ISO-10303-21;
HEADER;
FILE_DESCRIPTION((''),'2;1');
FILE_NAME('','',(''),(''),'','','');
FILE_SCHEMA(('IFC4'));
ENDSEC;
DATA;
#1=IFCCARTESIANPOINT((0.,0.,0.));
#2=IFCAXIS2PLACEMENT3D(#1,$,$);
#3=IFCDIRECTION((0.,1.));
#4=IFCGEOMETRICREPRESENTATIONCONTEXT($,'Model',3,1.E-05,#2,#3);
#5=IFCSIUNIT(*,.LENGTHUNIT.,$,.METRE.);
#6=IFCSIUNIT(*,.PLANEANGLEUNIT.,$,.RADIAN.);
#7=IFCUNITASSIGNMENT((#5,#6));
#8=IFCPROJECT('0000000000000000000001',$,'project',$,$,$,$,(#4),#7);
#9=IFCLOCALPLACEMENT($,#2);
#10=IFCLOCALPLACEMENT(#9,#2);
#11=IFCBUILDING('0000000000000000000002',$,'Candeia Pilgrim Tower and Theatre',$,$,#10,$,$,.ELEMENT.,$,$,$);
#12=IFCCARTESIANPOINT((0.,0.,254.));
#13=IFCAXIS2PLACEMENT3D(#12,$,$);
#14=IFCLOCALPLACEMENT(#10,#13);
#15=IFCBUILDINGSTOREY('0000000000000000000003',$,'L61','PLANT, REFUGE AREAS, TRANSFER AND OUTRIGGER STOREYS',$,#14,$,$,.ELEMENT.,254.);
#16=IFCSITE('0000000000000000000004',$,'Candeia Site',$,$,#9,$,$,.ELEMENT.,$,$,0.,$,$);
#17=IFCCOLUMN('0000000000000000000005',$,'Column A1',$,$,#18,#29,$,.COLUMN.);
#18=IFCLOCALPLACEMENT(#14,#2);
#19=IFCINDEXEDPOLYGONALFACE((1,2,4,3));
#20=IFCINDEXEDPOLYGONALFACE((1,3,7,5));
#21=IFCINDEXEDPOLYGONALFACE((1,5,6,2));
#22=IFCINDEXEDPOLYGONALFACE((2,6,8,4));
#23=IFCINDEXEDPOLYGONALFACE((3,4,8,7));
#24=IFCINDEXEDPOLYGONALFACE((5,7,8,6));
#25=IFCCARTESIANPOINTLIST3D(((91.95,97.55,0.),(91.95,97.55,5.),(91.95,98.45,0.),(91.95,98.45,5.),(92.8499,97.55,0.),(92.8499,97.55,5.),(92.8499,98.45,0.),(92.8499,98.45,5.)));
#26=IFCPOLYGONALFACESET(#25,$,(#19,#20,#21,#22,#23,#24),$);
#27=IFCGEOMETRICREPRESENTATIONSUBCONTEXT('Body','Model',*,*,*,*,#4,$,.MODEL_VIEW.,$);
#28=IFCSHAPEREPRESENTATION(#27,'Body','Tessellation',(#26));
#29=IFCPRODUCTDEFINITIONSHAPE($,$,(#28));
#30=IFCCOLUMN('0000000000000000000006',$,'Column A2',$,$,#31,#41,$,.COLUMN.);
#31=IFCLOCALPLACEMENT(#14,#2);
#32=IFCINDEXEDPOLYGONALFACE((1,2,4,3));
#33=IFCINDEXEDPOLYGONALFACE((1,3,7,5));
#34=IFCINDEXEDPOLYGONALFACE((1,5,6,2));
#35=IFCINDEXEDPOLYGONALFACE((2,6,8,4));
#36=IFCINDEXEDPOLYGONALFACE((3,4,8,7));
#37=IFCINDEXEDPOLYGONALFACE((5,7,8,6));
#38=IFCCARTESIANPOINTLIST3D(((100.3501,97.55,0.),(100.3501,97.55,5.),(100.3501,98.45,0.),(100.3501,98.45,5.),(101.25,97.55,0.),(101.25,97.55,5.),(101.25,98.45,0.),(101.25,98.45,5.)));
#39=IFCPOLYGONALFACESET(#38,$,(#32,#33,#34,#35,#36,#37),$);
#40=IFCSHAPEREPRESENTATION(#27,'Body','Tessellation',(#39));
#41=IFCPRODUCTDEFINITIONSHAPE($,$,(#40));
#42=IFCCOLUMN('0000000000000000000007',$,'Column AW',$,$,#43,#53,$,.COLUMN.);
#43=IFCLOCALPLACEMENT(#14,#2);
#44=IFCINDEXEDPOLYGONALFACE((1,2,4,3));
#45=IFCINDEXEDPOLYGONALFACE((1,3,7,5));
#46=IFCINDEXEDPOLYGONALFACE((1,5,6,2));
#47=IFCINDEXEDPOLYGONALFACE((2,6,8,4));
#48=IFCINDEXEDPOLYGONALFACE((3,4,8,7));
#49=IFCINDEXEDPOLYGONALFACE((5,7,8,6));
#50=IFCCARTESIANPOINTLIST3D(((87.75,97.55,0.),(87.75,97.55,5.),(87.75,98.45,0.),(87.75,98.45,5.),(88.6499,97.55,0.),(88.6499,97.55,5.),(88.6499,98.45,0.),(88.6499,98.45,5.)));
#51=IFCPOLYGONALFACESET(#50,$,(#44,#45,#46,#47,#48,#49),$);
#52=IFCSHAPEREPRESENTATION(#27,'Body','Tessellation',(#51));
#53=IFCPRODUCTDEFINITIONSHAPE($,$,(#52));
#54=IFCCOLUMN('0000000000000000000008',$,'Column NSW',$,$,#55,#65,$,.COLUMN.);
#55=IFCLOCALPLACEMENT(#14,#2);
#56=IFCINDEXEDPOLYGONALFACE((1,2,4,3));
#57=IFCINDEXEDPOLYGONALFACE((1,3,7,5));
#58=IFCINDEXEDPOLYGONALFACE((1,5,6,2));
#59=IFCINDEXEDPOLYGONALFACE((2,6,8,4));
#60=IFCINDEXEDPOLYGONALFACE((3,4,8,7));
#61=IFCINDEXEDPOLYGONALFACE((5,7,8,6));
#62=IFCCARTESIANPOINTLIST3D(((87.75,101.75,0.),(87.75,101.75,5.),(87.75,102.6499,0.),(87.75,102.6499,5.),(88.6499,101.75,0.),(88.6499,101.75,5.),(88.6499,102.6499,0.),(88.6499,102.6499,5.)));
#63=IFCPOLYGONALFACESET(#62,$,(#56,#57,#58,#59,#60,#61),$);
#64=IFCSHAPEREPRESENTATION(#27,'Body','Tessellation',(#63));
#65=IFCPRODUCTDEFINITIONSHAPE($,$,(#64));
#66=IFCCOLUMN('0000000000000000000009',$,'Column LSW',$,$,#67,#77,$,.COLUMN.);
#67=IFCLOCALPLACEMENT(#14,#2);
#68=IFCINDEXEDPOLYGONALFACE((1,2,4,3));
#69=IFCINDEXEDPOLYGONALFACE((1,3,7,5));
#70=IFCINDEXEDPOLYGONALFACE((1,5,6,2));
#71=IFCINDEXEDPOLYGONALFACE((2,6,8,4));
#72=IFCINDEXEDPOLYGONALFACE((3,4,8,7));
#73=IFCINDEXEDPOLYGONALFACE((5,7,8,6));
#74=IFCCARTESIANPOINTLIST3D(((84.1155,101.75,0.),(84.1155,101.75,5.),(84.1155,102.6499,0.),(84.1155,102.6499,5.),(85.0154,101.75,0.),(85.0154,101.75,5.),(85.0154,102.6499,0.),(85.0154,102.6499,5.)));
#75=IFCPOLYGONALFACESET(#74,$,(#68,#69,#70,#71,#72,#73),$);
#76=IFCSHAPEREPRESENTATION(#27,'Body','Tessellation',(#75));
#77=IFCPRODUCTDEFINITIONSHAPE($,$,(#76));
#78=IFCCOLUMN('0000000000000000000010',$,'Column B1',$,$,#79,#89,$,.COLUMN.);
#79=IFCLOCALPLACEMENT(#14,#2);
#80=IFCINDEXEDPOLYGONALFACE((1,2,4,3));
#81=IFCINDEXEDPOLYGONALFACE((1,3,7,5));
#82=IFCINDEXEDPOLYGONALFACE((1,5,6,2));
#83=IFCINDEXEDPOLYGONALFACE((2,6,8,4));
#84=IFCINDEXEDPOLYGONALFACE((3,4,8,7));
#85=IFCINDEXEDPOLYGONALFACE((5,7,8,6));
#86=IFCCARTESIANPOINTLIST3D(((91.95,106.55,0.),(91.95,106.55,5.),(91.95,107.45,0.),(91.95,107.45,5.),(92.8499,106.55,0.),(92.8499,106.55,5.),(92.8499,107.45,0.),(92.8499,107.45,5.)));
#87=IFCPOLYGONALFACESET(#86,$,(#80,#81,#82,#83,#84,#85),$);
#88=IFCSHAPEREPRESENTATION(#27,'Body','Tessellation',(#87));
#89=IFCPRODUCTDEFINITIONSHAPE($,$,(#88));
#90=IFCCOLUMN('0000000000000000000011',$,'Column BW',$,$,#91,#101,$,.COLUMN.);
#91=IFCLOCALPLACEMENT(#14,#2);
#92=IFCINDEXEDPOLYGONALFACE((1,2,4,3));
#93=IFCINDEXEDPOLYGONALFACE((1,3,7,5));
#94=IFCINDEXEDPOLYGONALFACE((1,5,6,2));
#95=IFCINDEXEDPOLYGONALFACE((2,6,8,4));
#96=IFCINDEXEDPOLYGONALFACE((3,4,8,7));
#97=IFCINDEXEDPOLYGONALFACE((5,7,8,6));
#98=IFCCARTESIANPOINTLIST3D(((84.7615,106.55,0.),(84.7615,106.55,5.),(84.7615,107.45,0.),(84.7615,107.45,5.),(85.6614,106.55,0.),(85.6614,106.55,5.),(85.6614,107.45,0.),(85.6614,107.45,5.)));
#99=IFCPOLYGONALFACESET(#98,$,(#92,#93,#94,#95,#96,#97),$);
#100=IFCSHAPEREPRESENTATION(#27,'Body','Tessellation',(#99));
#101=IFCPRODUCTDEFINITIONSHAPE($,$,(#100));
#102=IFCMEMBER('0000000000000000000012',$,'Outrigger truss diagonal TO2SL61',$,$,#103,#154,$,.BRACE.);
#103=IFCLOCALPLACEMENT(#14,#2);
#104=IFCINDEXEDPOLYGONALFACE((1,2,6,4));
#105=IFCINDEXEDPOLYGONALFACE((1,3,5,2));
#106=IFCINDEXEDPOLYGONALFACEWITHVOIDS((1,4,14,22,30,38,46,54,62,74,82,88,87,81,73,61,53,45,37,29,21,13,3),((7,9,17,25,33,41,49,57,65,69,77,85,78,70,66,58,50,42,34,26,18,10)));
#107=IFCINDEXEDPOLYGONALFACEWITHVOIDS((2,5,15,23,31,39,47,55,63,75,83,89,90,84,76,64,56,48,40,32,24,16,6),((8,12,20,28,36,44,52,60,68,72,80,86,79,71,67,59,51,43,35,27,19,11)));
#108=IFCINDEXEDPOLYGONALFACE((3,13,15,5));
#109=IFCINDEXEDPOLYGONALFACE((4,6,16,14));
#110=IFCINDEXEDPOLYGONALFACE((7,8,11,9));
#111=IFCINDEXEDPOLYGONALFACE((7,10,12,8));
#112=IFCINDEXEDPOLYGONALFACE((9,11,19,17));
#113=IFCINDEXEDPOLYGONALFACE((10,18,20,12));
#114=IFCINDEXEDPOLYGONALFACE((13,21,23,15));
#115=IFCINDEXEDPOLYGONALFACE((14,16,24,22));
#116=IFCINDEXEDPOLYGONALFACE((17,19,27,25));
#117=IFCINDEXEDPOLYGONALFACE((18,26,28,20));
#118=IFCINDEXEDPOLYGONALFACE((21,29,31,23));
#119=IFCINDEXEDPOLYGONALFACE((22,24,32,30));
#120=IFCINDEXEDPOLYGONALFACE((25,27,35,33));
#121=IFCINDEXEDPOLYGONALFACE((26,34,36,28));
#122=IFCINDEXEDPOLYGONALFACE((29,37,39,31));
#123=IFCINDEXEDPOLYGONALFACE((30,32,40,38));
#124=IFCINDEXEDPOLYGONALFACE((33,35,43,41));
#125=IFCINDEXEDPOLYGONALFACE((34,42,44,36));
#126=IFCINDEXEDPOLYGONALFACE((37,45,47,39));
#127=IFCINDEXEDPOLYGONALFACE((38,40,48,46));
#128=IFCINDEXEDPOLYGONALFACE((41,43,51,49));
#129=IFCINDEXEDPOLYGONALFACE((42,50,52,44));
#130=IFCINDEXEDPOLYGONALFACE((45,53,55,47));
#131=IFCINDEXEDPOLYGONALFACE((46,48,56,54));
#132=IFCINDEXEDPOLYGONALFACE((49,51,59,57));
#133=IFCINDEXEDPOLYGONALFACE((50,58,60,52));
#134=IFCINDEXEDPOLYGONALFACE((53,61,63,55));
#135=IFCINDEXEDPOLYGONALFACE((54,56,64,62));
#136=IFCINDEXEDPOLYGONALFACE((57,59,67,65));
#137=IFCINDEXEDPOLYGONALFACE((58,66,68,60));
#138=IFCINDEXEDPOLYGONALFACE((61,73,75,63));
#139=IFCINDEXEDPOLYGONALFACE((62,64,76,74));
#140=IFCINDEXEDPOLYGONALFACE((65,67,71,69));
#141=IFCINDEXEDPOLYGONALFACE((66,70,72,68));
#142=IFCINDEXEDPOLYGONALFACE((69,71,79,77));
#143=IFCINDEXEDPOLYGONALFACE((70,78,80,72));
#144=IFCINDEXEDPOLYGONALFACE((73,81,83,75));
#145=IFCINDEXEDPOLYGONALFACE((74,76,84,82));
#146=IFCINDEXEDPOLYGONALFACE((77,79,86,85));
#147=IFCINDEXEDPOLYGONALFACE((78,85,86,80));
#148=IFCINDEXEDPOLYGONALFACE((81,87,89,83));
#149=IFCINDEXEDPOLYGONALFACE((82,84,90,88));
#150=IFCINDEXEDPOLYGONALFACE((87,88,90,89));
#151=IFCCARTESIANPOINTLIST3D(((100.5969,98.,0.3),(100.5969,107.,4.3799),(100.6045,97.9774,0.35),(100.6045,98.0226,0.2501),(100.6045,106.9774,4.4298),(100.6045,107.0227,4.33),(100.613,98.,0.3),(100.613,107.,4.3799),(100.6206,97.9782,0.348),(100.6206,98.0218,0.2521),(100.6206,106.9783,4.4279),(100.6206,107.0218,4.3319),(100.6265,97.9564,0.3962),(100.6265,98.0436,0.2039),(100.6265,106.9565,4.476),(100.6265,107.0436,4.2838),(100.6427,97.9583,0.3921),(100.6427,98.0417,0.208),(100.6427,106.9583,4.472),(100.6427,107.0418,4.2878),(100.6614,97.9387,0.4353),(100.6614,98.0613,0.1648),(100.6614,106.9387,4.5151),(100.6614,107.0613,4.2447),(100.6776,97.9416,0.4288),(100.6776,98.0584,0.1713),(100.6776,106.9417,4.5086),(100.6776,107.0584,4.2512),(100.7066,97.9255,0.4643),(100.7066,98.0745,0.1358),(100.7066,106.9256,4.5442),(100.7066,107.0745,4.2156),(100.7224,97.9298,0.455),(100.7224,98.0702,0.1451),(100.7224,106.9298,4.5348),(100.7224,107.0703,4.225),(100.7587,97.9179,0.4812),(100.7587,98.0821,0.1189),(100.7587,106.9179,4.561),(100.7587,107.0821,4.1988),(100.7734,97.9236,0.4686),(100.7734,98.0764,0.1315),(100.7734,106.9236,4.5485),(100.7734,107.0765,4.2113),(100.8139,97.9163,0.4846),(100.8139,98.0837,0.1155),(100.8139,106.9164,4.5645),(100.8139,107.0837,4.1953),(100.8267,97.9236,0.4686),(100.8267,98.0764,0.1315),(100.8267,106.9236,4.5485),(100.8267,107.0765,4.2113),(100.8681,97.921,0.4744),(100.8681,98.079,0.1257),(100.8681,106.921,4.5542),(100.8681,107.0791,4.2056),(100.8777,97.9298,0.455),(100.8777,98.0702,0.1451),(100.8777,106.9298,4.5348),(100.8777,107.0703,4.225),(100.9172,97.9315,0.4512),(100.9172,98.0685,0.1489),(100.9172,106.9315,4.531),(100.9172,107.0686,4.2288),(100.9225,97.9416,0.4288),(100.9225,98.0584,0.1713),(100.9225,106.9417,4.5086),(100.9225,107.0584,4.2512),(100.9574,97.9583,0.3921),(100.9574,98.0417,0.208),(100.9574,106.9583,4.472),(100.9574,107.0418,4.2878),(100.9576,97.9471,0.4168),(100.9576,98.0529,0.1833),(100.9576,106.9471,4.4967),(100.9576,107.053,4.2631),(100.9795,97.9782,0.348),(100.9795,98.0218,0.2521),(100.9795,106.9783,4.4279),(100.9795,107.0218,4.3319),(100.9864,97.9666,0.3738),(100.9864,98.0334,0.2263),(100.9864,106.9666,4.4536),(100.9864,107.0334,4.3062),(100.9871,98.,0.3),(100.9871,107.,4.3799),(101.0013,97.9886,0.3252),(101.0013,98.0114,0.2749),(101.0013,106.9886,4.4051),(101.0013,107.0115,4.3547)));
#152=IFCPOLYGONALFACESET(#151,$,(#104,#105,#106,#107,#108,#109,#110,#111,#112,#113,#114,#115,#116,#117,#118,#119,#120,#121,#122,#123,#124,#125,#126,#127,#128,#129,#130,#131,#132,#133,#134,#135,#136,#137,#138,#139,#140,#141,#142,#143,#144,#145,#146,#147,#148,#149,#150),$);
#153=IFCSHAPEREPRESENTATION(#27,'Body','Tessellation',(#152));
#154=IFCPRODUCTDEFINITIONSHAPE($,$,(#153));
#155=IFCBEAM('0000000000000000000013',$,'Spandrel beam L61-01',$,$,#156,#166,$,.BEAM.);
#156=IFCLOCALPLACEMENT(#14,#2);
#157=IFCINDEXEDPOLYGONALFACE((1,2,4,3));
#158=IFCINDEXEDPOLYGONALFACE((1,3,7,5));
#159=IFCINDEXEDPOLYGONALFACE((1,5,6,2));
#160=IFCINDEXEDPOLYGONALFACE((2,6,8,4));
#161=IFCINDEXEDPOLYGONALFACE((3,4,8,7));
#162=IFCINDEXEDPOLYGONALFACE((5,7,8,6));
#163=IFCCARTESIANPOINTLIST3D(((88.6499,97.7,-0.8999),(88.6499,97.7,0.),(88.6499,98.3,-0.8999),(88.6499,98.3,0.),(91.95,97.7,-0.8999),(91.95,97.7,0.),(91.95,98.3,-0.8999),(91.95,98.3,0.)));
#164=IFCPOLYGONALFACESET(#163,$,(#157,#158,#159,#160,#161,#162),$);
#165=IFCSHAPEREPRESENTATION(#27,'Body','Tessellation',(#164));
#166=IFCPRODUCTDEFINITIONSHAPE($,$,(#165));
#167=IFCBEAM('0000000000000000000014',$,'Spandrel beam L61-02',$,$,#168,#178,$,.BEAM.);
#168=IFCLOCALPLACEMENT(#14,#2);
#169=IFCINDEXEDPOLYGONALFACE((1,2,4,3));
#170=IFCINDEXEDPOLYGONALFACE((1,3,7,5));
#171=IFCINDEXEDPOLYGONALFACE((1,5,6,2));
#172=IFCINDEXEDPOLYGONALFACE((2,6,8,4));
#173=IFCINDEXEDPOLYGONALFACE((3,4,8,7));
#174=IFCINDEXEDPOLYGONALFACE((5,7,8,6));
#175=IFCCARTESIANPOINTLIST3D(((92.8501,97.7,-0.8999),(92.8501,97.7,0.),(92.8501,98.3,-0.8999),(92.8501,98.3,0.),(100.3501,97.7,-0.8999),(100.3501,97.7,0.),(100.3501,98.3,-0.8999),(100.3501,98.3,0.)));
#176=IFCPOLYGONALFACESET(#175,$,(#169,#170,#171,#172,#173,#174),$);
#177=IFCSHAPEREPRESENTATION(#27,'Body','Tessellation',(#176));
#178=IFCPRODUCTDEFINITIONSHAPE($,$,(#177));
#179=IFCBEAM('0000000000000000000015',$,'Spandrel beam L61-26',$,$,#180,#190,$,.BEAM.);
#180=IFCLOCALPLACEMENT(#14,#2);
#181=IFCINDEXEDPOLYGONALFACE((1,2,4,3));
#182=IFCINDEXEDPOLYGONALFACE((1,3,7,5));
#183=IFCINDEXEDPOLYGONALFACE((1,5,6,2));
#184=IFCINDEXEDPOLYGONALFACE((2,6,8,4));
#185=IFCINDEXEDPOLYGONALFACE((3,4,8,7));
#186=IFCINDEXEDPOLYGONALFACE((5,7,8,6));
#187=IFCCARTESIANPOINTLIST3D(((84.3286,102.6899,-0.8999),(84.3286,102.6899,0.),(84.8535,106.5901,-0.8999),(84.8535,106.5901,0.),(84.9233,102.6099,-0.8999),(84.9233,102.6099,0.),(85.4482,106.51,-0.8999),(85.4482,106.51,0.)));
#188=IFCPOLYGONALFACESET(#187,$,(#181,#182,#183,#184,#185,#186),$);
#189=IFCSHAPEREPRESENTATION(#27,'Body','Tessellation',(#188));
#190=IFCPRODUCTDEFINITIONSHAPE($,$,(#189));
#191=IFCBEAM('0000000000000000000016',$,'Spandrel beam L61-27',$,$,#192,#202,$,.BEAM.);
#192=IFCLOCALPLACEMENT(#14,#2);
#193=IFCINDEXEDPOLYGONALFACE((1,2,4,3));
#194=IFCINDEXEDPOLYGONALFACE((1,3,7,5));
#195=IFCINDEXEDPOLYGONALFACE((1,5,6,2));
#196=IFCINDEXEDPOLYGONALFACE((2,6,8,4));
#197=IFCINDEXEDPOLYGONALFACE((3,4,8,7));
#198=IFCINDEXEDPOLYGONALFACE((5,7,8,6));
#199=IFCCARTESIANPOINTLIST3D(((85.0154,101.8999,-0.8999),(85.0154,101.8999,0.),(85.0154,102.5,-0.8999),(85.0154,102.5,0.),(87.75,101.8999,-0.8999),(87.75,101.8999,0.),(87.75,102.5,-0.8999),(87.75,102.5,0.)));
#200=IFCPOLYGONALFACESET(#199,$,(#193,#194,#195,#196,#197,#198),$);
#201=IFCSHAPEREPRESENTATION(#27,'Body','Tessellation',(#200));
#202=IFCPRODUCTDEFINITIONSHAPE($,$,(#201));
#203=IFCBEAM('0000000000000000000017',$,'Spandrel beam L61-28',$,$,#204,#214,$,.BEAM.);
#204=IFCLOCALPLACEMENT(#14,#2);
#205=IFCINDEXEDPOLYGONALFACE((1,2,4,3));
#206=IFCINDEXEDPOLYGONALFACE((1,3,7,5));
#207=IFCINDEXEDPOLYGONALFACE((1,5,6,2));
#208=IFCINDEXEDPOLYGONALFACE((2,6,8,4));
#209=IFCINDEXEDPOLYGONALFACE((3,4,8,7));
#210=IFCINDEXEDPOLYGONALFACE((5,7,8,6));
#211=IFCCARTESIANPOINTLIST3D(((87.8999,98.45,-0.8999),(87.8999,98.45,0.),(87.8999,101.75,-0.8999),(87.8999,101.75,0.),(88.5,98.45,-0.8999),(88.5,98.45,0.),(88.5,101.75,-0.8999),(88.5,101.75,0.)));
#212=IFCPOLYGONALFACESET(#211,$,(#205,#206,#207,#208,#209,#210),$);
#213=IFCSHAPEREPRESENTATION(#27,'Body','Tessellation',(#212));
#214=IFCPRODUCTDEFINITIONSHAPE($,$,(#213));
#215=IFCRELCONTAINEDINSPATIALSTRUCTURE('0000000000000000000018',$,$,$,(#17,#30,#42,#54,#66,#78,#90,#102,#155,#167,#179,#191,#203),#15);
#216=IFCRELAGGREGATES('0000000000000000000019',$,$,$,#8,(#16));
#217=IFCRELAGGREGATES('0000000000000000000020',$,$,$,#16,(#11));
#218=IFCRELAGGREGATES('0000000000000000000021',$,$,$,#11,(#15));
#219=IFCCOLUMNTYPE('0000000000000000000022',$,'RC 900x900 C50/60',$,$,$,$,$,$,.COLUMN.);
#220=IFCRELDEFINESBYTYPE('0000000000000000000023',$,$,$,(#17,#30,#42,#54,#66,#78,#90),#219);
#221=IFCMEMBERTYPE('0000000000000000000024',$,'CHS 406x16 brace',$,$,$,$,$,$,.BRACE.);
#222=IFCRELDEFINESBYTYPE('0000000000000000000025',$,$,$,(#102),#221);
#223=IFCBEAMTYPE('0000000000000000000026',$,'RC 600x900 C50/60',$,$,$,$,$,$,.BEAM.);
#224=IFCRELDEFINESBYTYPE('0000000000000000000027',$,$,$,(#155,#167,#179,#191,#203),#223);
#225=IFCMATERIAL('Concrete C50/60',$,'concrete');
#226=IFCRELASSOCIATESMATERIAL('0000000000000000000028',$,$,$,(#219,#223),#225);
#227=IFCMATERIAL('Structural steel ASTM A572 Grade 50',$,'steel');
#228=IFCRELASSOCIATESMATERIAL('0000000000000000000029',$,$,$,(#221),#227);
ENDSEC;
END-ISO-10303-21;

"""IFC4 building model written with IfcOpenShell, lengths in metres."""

from ifc_helpers import new_model, si_unit, direction, frame, origin, origin_2d, place, context, subcontext, project, spatial, rectangle, hollow_circle, extrude, material, material_profile, profile_set, type_object, element, save


model = new_model("IFC4")

# Units and contexts
model_context = context("Model", 3, precision=1e-05, world=origin(), true_north=direction((0.0, 1.0)))
body_context = subcontext(model_context, "Body", "Model", "MODEL_VIEW")
ifc_project = project(units=[si_unit("LENGTHUNIT", "METRE"), si_unit("PLANEANGLEUNIT", "RADIAN")], contexts=[model_context])

# Site, building, storey
site_placement = place(None, origin())
site = spatial("IfcSite", under=ifc_project, at=site_placement, Name="Candeia Site", CompositionType="ELEMENT", RefElevation=0.0)
building_placement = place(site_placement, origin())
building = spatial("IfcBuilding", under=site, at=building_placement, Name="Candeia Pilgrim Tower and Theatre", CompositionType="ELEMENT")
storey_placement = place(building_placement, frame((0.0, 0.0, 254.0)))
storey = spatial("IfcBuildingStorey", under=building, at=storey_placement, Name="L61", Description="PLANT, REFUGE AREAS, TRANSFER AND OUTRIGGER STOREYS", CompositionType="ELEMENT", Elevation=254.0)

# Columns
ifc_material_1 = material(Name="Concrete C50/60", Category="concrete")
ifc_material_profile_1 = material_profile(ifc_material_1, rectangle(XDim=0.8999, YDim=0.8999, at=origin_2d()))
ifc_profile_set_1 = profile_set([ifc_material_profile_1], Name="Concrete C50/60")
column_type = type_object("IfcColumnType", Name="RC 900x900 C50/60", PredefinedType="COLUMN", material=ifc_profile_set_1)
for number, where, z_axis, x_axis, name in (
    (1, (92.3999, 98.0, 0.0), (0.0, 0.0, 1.0), (1.0, 0.0, 0.0), "Column A1"),
    (2, (100.8, 98.0, 0.0), (0.0, 0.0, 1.0), (1.0, 0.0, 0.0), "Column A2"),
    (3, (88.2, 98.0, 0.0), (0.0, 0.0, 1.0), (1.0, 0.0, 0.0), "Column AW"),
    (4, (88.2, 102.2, 0.0), (0.0, 0.0, 1.0), (1.0, 0.0, 0.0), "Column NSW"),
    (5, (84.5654, 102.2, 0.0), (0.0, 0.0, 1.0), (1.0, 0.0, 0.0), "Column LSW"),
    (6, (92.3999, 107.0, 0.0), (0.0, 0.0, 1.0), (1.0, 0.0, 0.0), "Column B1"),
    (7, (85.2114, 107.0, 0.0), (0.0, 0.0, 1.0), (1.0, 0.0, 0.0), "Column BW"),
):
    element("IfcColumn", number, at=place(storey_placement, frame(where, z_axis=z_axis, x_axis=x_axis)), inside=storey, type_object=column_type, Name=name, PredefinedType="COLUMN", context=body_context, shape_type="SweptSolid", body=[
        extrude(rectangle(XDim=0.8999, YDim=0.8999, at=origin_2d()), origin(), (0.0, 0.0, 1.0), 5.0),
    ])

# Member
ifc_material_2 = material(Name="Structural steel ASTM A572 Grade 50", Category="steel")
ifc_material_profile_2 = material_profile(ifc_material_2, hollow_circle(Radius=0.2031, WallThickness=0.0161, at=origin_2d()))
ifc_profile_set_2 = profile_set([ifc_material_profile_2], Name="Structural steel ASTM A572 Grade 50")
member_type = type_object("IfcMemberType", Name="CHS 406x16 brace", PredefinedType="BRACE", material=ifc_profile_set_2)
member_placement = place(storey_placement, frame((100.8, 98.0, 0.3), z_axis=(0.0, 0.910788, 0.412874), x_axis=(-1.0, 0.0, 0.0)))
element("IfcMember", 8, at=member_placement, inside=storey, type_object=member_type, Name="Outrigger truss diagonal TO2SL61", PredefinedType="BRACE", context=body_context, shape_type="SweptSolid", body=[
    extrude(hollow_circle(Radius=0.2031, WallThickness=0.0161, at=origin_2d()), origin(), (0.0, 0.0, 1.0), 9.8816),
])

# Beams
ifc_material_profile_3 = material_profile(ifc_material_1, rectangle(XDim=0.6001, YDim=0.8999, at=origin_2d()))
ifc_profile_set_3 = profile_set([ifc_material_profile_3], Name="Concrete C50/60")
beam_type = type_object("IfcBeamType", Name="RC 600x900 C50/60", PredefinedType="BEAM", material=ifc_profile_set_3)
beam_1_placement = place(storey_placement, frame((88.6499, 98.0, -0.45), z_axis=(1.0, 0.0, 0.0), x_axis=(0.0, 1.0, 0.0)))
element("IfcBeam", 9, at=beam_1_placement, inside=storey, type_object=beam_type, Name="Spandrel beam L61-01", PredefinedType="BEAM", context=body_context, shape_type="SweptSolid", body=[
    extrude(rectangle(XDim=0.6001, YDim=0.8999, at=origin_2d()), origin(), (0.0, 0.0, 1.0), 3.3),
])
beam_2_placement = place(storey_placement, frame((92.8501, 98.0, -0.45), z_axis=(1.0, 0.0, 0.0), x_axis=(0.0, 1.0, 0.0)))
element("IfcBeam", 10, at=beam_2_placement, inside=storey, type_object=beam_type, Name="Spandrel beam L61-02", PredefinedType="BEAM", context=body_context, shape_type="SweptSolid", body=[
    extrude(rectangle(XDim=0.6001, YDim=0.8999, at=origin_2d()), origin(), (0.0, 0.0, 1.0), 7.5),
])
beam_3_placement = place(storey_placement, frame((85.1509, 106.55, -0.45), z_axis=(-0.133383, -0.991065, 0.0), x_axis=(0.991065, -0.133383, 0.0)))
element("IfcBeam", 11, at=beam_3_placement, inside=storey, type_object=beam_type, Name="Spandrel beam L61-26", PredefinedType="BEAM", context=body_context, shape_type="SweptSolid", body=[
    extrude(rectangle(XDim=0.6001, YDim=0.8999, at=origin_2d()), origin(), (0.0, 0.0, 1.0), 3.9353),
])
beam_4_placement = place(storey_placement, frame((85.0154, 102.2, -0.45), z_axis=(1.0, 0.0, 0.0), x_axis=(0.0, 1.0, 0.0)))
element("IfcBeam", 12, at=beam_4_placement, inside=storey, type_object=beam_type, Name="Spandrel beam L61-27", PredefinedType="BEAM", context=body_context, shape_type="SweptSolid", body=[
    extrude(rectangle(XDim=0.6001, YDim=0.8999, at=origin_2d()), origin(), (0.0, 0.0, 1.0), 2.7346),
])
beam_5_placement = place(storey_placement, frame((88.2, 101.75, -0.45), z_axis=(0.0, -1.0, 0.0), x_axis=(1.0, 0.0, 0.0)))
element("IfcBeam", 13, at=beam_5_placement, inside=storey, type_object=beam_type, Name="Spandrel beam L61-28", PredefinedType="BEAM", context=body_context, shape_type="SweptSolid", body=[
    extrude(rectangle(XDim=0.6001, YDim=0.8999, at=origin_2d()), origin(), (0.0, 0.0, 1.0), 3.3),
])

save(model, "model.ifc")
